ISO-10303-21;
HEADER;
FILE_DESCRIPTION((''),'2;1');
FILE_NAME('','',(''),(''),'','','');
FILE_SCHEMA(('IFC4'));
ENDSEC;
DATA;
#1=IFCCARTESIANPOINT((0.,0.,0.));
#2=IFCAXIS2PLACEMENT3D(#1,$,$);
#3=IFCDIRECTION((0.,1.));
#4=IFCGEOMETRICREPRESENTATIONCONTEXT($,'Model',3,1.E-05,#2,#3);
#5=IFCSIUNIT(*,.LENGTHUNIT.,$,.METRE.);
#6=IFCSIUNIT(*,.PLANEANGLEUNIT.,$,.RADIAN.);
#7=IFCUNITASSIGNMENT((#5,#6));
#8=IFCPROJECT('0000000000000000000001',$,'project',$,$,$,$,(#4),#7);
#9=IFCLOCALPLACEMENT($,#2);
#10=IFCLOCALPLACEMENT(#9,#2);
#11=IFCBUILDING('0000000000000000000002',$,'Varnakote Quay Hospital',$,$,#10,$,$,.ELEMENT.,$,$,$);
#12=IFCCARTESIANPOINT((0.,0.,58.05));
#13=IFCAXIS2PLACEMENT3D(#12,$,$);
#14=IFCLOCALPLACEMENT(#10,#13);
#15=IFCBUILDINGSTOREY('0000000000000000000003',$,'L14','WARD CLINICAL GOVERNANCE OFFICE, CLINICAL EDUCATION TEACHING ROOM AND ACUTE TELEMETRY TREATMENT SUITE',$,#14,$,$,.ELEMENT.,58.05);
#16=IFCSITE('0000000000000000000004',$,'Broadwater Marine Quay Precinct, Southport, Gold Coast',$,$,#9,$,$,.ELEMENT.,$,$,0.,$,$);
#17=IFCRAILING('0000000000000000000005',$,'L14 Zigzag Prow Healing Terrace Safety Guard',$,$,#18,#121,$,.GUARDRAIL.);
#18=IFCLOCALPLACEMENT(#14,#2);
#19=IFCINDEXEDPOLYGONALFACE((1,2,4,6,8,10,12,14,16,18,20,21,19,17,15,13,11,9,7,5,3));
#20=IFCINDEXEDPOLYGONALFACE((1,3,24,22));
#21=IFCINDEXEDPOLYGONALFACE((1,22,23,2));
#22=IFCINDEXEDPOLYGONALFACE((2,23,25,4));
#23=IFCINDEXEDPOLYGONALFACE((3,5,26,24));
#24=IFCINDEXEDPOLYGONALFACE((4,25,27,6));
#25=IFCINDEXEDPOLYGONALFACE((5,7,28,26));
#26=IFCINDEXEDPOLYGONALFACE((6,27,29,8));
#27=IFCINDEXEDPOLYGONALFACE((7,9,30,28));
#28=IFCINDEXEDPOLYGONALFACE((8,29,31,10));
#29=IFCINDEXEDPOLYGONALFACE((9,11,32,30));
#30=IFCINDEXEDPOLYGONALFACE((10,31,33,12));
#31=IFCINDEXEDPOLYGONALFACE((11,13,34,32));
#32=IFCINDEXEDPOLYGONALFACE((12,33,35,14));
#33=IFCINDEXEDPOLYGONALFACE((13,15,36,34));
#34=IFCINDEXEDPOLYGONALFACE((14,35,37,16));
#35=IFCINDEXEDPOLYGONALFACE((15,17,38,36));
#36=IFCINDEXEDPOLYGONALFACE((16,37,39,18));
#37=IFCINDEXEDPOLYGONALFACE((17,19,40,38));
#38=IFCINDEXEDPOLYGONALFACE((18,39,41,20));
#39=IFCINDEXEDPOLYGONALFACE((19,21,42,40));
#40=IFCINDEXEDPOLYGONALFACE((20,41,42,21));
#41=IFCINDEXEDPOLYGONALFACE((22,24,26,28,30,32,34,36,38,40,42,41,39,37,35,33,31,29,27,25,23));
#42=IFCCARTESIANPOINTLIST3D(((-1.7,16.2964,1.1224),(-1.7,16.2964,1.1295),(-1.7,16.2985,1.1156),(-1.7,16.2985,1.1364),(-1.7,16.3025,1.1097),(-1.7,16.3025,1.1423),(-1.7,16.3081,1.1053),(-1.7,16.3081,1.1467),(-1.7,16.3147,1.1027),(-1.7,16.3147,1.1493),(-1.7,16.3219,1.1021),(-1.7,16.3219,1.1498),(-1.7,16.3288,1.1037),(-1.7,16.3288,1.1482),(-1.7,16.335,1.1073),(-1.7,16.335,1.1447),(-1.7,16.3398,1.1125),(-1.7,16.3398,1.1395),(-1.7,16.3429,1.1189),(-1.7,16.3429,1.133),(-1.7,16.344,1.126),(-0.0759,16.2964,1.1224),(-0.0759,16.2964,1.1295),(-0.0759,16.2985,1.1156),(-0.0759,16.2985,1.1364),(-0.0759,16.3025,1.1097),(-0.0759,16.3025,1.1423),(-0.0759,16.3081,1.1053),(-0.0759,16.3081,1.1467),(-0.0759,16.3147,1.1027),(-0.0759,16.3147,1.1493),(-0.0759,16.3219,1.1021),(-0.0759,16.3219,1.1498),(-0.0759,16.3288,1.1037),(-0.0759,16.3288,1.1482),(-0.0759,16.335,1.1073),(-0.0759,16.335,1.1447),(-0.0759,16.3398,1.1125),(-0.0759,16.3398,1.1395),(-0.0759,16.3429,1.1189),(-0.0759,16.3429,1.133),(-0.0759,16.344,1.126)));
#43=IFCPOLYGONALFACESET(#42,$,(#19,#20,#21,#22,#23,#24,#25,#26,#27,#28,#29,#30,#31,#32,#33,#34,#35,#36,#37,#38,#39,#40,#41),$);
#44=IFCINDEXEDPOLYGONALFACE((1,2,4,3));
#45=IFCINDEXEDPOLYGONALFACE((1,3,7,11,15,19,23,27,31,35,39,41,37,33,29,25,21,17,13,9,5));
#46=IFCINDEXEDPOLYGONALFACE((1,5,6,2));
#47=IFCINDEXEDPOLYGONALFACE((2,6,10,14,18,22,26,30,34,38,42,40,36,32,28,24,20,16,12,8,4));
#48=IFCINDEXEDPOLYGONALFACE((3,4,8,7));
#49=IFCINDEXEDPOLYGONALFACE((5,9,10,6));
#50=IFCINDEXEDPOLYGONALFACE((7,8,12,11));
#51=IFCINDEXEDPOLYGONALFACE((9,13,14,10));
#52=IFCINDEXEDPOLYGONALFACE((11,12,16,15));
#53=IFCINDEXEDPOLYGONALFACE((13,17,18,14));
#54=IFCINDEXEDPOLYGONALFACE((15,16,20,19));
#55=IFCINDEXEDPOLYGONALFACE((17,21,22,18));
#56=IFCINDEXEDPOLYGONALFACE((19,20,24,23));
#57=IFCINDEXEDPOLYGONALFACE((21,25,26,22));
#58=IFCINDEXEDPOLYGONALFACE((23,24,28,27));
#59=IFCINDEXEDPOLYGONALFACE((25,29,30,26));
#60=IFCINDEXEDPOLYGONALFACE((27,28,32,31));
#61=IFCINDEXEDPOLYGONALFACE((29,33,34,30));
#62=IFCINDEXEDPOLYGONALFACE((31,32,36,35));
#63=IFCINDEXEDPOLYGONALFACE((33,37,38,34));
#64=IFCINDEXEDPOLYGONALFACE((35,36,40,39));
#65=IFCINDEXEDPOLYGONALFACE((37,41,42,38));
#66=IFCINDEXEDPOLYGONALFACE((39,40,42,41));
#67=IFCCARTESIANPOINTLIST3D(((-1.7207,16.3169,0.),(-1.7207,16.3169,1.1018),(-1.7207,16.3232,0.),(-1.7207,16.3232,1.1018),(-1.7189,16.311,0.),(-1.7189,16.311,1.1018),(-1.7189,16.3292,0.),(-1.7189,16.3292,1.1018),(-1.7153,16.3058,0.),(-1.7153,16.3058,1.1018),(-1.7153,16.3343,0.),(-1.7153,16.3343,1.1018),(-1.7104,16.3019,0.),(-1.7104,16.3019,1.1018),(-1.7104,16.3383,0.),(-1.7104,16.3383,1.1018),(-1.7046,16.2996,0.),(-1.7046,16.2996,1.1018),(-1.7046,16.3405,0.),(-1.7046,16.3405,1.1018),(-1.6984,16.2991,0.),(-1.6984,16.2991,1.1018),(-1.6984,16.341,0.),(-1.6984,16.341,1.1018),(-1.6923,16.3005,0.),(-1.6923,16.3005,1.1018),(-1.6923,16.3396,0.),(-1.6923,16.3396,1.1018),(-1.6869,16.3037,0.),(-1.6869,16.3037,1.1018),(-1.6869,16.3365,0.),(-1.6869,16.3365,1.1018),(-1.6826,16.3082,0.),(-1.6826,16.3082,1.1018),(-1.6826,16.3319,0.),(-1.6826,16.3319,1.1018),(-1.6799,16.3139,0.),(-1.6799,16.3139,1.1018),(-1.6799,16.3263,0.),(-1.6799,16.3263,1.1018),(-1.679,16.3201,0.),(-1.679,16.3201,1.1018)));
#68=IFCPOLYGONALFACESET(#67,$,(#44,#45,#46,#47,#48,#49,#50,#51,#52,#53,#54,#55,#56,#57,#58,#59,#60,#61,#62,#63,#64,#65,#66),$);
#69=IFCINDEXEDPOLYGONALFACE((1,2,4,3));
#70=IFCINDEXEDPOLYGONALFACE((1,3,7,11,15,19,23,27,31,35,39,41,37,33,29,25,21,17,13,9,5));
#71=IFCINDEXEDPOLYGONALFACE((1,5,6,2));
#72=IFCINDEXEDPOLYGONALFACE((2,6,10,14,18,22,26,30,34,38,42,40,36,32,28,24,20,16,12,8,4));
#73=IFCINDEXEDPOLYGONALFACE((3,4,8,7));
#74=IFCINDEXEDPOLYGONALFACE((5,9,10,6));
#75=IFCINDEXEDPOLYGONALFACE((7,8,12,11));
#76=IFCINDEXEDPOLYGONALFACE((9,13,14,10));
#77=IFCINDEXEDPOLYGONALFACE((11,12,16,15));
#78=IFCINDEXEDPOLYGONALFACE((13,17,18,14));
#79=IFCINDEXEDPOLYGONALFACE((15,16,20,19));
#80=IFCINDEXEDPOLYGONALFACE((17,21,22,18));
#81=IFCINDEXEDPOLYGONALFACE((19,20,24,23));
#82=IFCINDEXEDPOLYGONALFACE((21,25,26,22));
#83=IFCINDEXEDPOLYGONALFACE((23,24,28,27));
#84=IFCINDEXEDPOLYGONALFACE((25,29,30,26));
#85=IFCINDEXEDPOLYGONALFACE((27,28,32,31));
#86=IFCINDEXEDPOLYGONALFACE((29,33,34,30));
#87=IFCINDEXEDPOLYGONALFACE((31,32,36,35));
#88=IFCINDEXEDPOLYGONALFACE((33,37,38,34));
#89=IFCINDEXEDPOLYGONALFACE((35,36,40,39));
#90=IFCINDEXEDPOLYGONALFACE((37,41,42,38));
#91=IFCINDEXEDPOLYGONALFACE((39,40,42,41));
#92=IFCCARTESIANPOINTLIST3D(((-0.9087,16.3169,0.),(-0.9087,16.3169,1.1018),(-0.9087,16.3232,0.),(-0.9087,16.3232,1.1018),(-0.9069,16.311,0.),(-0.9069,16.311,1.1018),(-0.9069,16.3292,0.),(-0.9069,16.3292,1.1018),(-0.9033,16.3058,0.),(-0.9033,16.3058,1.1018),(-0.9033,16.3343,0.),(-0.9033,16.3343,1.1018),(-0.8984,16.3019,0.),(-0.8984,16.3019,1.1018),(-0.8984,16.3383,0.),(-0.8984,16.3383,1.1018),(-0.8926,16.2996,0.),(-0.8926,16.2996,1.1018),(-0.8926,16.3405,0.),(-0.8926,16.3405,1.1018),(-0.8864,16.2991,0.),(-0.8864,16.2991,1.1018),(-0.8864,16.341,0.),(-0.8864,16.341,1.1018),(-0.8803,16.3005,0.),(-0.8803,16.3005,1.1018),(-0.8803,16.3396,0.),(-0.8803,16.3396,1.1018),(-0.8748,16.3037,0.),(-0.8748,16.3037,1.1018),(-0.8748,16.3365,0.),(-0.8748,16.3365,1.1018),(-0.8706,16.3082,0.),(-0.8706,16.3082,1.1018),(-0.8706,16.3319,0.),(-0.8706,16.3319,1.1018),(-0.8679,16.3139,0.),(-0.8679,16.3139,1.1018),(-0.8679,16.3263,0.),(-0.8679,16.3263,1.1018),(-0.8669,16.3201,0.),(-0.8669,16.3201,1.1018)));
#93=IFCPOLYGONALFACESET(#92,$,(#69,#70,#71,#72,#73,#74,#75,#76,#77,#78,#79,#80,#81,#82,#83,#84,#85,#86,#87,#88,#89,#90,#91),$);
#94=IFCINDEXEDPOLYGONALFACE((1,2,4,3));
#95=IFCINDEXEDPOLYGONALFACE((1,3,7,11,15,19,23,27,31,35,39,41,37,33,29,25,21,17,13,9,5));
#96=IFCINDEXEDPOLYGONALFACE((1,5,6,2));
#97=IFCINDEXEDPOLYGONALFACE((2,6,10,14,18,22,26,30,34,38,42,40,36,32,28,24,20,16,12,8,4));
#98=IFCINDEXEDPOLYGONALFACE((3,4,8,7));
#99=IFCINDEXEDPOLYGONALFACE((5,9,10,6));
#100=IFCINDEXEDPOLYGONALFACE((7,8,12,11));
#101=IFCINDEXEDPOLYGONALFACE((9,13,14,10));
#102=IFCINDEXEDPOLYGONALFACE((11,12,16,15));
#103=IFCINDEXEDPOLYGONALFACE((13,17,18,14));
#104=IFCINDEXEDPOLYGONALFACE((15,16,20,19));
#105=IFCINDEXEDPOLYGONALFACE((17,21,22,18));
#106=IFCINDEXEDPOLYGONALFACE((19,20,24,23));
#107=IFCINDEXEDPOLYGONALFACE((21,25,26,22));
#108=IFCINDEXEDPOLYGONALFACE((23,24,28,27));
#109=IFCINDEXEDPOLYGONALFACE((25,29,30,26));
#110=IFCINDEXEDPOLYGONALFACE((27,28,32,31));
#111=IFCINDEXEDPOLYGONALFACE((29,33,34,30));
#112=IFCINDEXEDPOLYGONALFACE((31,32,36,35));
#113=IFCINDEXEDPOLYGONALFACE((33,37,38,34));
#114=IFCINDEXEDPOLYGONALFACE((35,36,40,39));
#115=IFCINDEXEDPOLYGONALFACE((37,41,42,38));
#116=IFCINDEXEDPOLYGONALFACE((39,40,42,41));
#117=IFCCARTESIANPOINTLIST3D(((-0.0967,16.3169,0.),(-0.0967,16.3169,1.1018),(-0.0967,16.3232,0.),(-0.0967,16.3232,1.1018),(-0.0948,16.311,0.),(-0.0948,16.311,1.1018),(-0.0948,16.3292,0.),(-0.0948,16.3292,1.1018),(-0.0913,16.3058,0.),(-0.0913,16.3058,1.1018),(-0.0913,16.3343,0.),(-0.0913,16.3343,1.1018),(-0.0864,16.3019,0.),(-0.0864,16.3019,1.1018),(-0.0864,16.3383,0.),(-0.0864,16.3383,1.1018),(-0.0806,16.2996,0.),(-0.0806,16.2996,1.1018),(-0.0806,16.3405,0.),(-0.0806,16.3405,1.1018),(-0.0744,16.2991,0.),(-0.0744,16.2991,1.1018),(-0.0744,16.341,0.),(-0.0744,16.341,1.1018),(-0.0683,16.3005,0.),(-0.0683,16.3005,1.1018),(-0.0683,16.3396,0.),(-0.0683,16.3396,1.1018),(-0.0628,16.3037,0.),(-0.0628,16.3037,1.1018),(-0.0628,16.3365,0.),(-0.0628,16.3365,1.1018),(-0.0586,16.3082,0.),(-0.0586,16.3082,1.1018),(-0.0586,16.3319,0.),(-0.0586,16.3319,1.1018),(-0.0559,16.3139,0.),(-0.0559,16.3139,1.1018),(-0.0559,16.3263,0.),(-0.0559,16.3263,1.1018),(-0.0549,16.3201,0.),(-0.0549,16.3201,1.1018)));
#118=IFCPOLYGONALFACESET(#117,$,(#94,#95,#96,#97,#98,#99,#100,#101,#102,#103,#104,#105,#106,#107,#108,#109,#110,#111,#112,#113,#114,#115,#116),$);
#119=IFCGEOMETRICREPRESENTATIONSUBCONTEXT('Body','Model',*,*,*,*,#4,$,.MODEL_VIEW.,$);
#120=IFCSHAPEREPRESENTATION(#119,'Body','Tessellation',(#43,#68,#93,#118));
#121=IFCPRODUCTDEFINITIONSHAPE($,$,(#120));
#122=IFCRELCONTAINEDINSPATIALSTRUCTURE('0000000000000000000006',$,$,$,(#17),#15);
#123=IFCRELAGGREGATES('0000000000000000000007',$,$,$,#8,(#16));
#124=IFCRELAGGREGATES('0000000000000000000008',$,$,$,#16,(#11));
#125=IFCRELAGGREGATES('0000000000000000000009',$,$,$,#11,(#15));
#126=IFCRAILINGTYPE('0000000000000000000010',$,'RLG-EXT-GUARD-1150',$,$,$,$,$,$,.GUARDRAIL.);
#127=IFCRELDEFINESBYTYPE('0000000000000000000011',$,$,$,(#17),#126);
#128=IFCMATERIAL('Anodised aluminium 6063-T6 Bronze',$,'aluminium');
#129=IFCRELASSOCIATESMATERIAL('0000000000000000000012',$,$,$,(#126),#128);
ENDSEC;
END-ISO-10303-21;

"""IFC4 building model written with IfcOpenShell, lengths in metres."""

from ifc_helpers import new_model, si_unit, direction, frame, origin, origin_2d, place, context, subcontext, project, spatial, circle, extrude, material, type_object, element, save


model = new_model("IFC4")

# Units and contexts
model_context = context("Model", 3, precision=1e-05, world=origin(), true_north=direction((0.0, 1.0)))
body_context = subcontext(model_context, "Body", "Model", "MODEL_VIEW")
ifc_project = project(units=[si_unit("LENGTHUNIT", "METRE"), si_unit("PLANEANGLEUNIT", "RADIAN")], contexts=[model_context])

# Site, building, storey
site_placement = place(None, origin())
site = spatial("IfcSite", under=ifc_project, at=site_placement, Name="Broadwater Marine Quay Precinct, Southport, Gold Coast", CompositionType="ELEMENT", RefElevation=0.0)
building_placement = place(site_placement, origin())
building = spatial("IfcBuilding", under=site, at=building_placement, Name="Varnakote Quay Hospital", CompositionType="ELEMENT")
storey_placement = place(building_placement, frame((0.0, 0.0, 58.05)))
storey = spatial("IfcBuildingStorey", under=building, at=storey_placement, Name="L14", Description="WARD CLINICAL GOVERNANCE OFFICE, CLINICAL EDUCATION TEACHING ROOM AND ACUTE TELEMETRY TREATMENT SUITE", CompositionType="ELEMENT", Elevation=58.05)

# Railing
ifc_material_1 = material(Name="Anodised aluminium 6063-T6 Bronze", Category="aluminium")
railing_type = type_object("IfcRailingType", Name="RLG-EXT-GUARD-1150", PredefinedType="GUARDRAIL", material=ifc_material_1)
railing_1_placement = place(storey_placement, frame((-1.7, 16.3201, 0.0)))
element("IfcRailing", 1, at=railing_1_placement, inside=storey, type_object=railing_type, Name="L14 Zigzag Prow Healing Terrace Safety Guard", PredefinedType="GUARDRAIL", context=body_context, shape_type="SweptSolid", body=[
    extrude(circle(Radius=0.0239, at=origin_2d()), frame((0.0, 0.0, 1.126), z_axis=(1.0, 0.0, 0.0), x_axis=(0.0, 1.0, 0.0)), (0.0, 0.0, 1.0), 1.624),
    extrude(circle(Radius=0.021, at=origin_2d()), origin(), (0.0, 0.0, 1.0), 1.1018),
    extrude(circle(Radius=0.021, at=origin_2d()), frame((0.812, 0.0, 0.0)), (0.0, 0.0, 1.0), 1.1018),
    extrude(circle(Radius=0.021, at=origin_2d()), frame((1.624, 0.0, 0.0)), (0.0, 0.0, 1.0), 1.1018),
])

save(model, "model.ifc")
